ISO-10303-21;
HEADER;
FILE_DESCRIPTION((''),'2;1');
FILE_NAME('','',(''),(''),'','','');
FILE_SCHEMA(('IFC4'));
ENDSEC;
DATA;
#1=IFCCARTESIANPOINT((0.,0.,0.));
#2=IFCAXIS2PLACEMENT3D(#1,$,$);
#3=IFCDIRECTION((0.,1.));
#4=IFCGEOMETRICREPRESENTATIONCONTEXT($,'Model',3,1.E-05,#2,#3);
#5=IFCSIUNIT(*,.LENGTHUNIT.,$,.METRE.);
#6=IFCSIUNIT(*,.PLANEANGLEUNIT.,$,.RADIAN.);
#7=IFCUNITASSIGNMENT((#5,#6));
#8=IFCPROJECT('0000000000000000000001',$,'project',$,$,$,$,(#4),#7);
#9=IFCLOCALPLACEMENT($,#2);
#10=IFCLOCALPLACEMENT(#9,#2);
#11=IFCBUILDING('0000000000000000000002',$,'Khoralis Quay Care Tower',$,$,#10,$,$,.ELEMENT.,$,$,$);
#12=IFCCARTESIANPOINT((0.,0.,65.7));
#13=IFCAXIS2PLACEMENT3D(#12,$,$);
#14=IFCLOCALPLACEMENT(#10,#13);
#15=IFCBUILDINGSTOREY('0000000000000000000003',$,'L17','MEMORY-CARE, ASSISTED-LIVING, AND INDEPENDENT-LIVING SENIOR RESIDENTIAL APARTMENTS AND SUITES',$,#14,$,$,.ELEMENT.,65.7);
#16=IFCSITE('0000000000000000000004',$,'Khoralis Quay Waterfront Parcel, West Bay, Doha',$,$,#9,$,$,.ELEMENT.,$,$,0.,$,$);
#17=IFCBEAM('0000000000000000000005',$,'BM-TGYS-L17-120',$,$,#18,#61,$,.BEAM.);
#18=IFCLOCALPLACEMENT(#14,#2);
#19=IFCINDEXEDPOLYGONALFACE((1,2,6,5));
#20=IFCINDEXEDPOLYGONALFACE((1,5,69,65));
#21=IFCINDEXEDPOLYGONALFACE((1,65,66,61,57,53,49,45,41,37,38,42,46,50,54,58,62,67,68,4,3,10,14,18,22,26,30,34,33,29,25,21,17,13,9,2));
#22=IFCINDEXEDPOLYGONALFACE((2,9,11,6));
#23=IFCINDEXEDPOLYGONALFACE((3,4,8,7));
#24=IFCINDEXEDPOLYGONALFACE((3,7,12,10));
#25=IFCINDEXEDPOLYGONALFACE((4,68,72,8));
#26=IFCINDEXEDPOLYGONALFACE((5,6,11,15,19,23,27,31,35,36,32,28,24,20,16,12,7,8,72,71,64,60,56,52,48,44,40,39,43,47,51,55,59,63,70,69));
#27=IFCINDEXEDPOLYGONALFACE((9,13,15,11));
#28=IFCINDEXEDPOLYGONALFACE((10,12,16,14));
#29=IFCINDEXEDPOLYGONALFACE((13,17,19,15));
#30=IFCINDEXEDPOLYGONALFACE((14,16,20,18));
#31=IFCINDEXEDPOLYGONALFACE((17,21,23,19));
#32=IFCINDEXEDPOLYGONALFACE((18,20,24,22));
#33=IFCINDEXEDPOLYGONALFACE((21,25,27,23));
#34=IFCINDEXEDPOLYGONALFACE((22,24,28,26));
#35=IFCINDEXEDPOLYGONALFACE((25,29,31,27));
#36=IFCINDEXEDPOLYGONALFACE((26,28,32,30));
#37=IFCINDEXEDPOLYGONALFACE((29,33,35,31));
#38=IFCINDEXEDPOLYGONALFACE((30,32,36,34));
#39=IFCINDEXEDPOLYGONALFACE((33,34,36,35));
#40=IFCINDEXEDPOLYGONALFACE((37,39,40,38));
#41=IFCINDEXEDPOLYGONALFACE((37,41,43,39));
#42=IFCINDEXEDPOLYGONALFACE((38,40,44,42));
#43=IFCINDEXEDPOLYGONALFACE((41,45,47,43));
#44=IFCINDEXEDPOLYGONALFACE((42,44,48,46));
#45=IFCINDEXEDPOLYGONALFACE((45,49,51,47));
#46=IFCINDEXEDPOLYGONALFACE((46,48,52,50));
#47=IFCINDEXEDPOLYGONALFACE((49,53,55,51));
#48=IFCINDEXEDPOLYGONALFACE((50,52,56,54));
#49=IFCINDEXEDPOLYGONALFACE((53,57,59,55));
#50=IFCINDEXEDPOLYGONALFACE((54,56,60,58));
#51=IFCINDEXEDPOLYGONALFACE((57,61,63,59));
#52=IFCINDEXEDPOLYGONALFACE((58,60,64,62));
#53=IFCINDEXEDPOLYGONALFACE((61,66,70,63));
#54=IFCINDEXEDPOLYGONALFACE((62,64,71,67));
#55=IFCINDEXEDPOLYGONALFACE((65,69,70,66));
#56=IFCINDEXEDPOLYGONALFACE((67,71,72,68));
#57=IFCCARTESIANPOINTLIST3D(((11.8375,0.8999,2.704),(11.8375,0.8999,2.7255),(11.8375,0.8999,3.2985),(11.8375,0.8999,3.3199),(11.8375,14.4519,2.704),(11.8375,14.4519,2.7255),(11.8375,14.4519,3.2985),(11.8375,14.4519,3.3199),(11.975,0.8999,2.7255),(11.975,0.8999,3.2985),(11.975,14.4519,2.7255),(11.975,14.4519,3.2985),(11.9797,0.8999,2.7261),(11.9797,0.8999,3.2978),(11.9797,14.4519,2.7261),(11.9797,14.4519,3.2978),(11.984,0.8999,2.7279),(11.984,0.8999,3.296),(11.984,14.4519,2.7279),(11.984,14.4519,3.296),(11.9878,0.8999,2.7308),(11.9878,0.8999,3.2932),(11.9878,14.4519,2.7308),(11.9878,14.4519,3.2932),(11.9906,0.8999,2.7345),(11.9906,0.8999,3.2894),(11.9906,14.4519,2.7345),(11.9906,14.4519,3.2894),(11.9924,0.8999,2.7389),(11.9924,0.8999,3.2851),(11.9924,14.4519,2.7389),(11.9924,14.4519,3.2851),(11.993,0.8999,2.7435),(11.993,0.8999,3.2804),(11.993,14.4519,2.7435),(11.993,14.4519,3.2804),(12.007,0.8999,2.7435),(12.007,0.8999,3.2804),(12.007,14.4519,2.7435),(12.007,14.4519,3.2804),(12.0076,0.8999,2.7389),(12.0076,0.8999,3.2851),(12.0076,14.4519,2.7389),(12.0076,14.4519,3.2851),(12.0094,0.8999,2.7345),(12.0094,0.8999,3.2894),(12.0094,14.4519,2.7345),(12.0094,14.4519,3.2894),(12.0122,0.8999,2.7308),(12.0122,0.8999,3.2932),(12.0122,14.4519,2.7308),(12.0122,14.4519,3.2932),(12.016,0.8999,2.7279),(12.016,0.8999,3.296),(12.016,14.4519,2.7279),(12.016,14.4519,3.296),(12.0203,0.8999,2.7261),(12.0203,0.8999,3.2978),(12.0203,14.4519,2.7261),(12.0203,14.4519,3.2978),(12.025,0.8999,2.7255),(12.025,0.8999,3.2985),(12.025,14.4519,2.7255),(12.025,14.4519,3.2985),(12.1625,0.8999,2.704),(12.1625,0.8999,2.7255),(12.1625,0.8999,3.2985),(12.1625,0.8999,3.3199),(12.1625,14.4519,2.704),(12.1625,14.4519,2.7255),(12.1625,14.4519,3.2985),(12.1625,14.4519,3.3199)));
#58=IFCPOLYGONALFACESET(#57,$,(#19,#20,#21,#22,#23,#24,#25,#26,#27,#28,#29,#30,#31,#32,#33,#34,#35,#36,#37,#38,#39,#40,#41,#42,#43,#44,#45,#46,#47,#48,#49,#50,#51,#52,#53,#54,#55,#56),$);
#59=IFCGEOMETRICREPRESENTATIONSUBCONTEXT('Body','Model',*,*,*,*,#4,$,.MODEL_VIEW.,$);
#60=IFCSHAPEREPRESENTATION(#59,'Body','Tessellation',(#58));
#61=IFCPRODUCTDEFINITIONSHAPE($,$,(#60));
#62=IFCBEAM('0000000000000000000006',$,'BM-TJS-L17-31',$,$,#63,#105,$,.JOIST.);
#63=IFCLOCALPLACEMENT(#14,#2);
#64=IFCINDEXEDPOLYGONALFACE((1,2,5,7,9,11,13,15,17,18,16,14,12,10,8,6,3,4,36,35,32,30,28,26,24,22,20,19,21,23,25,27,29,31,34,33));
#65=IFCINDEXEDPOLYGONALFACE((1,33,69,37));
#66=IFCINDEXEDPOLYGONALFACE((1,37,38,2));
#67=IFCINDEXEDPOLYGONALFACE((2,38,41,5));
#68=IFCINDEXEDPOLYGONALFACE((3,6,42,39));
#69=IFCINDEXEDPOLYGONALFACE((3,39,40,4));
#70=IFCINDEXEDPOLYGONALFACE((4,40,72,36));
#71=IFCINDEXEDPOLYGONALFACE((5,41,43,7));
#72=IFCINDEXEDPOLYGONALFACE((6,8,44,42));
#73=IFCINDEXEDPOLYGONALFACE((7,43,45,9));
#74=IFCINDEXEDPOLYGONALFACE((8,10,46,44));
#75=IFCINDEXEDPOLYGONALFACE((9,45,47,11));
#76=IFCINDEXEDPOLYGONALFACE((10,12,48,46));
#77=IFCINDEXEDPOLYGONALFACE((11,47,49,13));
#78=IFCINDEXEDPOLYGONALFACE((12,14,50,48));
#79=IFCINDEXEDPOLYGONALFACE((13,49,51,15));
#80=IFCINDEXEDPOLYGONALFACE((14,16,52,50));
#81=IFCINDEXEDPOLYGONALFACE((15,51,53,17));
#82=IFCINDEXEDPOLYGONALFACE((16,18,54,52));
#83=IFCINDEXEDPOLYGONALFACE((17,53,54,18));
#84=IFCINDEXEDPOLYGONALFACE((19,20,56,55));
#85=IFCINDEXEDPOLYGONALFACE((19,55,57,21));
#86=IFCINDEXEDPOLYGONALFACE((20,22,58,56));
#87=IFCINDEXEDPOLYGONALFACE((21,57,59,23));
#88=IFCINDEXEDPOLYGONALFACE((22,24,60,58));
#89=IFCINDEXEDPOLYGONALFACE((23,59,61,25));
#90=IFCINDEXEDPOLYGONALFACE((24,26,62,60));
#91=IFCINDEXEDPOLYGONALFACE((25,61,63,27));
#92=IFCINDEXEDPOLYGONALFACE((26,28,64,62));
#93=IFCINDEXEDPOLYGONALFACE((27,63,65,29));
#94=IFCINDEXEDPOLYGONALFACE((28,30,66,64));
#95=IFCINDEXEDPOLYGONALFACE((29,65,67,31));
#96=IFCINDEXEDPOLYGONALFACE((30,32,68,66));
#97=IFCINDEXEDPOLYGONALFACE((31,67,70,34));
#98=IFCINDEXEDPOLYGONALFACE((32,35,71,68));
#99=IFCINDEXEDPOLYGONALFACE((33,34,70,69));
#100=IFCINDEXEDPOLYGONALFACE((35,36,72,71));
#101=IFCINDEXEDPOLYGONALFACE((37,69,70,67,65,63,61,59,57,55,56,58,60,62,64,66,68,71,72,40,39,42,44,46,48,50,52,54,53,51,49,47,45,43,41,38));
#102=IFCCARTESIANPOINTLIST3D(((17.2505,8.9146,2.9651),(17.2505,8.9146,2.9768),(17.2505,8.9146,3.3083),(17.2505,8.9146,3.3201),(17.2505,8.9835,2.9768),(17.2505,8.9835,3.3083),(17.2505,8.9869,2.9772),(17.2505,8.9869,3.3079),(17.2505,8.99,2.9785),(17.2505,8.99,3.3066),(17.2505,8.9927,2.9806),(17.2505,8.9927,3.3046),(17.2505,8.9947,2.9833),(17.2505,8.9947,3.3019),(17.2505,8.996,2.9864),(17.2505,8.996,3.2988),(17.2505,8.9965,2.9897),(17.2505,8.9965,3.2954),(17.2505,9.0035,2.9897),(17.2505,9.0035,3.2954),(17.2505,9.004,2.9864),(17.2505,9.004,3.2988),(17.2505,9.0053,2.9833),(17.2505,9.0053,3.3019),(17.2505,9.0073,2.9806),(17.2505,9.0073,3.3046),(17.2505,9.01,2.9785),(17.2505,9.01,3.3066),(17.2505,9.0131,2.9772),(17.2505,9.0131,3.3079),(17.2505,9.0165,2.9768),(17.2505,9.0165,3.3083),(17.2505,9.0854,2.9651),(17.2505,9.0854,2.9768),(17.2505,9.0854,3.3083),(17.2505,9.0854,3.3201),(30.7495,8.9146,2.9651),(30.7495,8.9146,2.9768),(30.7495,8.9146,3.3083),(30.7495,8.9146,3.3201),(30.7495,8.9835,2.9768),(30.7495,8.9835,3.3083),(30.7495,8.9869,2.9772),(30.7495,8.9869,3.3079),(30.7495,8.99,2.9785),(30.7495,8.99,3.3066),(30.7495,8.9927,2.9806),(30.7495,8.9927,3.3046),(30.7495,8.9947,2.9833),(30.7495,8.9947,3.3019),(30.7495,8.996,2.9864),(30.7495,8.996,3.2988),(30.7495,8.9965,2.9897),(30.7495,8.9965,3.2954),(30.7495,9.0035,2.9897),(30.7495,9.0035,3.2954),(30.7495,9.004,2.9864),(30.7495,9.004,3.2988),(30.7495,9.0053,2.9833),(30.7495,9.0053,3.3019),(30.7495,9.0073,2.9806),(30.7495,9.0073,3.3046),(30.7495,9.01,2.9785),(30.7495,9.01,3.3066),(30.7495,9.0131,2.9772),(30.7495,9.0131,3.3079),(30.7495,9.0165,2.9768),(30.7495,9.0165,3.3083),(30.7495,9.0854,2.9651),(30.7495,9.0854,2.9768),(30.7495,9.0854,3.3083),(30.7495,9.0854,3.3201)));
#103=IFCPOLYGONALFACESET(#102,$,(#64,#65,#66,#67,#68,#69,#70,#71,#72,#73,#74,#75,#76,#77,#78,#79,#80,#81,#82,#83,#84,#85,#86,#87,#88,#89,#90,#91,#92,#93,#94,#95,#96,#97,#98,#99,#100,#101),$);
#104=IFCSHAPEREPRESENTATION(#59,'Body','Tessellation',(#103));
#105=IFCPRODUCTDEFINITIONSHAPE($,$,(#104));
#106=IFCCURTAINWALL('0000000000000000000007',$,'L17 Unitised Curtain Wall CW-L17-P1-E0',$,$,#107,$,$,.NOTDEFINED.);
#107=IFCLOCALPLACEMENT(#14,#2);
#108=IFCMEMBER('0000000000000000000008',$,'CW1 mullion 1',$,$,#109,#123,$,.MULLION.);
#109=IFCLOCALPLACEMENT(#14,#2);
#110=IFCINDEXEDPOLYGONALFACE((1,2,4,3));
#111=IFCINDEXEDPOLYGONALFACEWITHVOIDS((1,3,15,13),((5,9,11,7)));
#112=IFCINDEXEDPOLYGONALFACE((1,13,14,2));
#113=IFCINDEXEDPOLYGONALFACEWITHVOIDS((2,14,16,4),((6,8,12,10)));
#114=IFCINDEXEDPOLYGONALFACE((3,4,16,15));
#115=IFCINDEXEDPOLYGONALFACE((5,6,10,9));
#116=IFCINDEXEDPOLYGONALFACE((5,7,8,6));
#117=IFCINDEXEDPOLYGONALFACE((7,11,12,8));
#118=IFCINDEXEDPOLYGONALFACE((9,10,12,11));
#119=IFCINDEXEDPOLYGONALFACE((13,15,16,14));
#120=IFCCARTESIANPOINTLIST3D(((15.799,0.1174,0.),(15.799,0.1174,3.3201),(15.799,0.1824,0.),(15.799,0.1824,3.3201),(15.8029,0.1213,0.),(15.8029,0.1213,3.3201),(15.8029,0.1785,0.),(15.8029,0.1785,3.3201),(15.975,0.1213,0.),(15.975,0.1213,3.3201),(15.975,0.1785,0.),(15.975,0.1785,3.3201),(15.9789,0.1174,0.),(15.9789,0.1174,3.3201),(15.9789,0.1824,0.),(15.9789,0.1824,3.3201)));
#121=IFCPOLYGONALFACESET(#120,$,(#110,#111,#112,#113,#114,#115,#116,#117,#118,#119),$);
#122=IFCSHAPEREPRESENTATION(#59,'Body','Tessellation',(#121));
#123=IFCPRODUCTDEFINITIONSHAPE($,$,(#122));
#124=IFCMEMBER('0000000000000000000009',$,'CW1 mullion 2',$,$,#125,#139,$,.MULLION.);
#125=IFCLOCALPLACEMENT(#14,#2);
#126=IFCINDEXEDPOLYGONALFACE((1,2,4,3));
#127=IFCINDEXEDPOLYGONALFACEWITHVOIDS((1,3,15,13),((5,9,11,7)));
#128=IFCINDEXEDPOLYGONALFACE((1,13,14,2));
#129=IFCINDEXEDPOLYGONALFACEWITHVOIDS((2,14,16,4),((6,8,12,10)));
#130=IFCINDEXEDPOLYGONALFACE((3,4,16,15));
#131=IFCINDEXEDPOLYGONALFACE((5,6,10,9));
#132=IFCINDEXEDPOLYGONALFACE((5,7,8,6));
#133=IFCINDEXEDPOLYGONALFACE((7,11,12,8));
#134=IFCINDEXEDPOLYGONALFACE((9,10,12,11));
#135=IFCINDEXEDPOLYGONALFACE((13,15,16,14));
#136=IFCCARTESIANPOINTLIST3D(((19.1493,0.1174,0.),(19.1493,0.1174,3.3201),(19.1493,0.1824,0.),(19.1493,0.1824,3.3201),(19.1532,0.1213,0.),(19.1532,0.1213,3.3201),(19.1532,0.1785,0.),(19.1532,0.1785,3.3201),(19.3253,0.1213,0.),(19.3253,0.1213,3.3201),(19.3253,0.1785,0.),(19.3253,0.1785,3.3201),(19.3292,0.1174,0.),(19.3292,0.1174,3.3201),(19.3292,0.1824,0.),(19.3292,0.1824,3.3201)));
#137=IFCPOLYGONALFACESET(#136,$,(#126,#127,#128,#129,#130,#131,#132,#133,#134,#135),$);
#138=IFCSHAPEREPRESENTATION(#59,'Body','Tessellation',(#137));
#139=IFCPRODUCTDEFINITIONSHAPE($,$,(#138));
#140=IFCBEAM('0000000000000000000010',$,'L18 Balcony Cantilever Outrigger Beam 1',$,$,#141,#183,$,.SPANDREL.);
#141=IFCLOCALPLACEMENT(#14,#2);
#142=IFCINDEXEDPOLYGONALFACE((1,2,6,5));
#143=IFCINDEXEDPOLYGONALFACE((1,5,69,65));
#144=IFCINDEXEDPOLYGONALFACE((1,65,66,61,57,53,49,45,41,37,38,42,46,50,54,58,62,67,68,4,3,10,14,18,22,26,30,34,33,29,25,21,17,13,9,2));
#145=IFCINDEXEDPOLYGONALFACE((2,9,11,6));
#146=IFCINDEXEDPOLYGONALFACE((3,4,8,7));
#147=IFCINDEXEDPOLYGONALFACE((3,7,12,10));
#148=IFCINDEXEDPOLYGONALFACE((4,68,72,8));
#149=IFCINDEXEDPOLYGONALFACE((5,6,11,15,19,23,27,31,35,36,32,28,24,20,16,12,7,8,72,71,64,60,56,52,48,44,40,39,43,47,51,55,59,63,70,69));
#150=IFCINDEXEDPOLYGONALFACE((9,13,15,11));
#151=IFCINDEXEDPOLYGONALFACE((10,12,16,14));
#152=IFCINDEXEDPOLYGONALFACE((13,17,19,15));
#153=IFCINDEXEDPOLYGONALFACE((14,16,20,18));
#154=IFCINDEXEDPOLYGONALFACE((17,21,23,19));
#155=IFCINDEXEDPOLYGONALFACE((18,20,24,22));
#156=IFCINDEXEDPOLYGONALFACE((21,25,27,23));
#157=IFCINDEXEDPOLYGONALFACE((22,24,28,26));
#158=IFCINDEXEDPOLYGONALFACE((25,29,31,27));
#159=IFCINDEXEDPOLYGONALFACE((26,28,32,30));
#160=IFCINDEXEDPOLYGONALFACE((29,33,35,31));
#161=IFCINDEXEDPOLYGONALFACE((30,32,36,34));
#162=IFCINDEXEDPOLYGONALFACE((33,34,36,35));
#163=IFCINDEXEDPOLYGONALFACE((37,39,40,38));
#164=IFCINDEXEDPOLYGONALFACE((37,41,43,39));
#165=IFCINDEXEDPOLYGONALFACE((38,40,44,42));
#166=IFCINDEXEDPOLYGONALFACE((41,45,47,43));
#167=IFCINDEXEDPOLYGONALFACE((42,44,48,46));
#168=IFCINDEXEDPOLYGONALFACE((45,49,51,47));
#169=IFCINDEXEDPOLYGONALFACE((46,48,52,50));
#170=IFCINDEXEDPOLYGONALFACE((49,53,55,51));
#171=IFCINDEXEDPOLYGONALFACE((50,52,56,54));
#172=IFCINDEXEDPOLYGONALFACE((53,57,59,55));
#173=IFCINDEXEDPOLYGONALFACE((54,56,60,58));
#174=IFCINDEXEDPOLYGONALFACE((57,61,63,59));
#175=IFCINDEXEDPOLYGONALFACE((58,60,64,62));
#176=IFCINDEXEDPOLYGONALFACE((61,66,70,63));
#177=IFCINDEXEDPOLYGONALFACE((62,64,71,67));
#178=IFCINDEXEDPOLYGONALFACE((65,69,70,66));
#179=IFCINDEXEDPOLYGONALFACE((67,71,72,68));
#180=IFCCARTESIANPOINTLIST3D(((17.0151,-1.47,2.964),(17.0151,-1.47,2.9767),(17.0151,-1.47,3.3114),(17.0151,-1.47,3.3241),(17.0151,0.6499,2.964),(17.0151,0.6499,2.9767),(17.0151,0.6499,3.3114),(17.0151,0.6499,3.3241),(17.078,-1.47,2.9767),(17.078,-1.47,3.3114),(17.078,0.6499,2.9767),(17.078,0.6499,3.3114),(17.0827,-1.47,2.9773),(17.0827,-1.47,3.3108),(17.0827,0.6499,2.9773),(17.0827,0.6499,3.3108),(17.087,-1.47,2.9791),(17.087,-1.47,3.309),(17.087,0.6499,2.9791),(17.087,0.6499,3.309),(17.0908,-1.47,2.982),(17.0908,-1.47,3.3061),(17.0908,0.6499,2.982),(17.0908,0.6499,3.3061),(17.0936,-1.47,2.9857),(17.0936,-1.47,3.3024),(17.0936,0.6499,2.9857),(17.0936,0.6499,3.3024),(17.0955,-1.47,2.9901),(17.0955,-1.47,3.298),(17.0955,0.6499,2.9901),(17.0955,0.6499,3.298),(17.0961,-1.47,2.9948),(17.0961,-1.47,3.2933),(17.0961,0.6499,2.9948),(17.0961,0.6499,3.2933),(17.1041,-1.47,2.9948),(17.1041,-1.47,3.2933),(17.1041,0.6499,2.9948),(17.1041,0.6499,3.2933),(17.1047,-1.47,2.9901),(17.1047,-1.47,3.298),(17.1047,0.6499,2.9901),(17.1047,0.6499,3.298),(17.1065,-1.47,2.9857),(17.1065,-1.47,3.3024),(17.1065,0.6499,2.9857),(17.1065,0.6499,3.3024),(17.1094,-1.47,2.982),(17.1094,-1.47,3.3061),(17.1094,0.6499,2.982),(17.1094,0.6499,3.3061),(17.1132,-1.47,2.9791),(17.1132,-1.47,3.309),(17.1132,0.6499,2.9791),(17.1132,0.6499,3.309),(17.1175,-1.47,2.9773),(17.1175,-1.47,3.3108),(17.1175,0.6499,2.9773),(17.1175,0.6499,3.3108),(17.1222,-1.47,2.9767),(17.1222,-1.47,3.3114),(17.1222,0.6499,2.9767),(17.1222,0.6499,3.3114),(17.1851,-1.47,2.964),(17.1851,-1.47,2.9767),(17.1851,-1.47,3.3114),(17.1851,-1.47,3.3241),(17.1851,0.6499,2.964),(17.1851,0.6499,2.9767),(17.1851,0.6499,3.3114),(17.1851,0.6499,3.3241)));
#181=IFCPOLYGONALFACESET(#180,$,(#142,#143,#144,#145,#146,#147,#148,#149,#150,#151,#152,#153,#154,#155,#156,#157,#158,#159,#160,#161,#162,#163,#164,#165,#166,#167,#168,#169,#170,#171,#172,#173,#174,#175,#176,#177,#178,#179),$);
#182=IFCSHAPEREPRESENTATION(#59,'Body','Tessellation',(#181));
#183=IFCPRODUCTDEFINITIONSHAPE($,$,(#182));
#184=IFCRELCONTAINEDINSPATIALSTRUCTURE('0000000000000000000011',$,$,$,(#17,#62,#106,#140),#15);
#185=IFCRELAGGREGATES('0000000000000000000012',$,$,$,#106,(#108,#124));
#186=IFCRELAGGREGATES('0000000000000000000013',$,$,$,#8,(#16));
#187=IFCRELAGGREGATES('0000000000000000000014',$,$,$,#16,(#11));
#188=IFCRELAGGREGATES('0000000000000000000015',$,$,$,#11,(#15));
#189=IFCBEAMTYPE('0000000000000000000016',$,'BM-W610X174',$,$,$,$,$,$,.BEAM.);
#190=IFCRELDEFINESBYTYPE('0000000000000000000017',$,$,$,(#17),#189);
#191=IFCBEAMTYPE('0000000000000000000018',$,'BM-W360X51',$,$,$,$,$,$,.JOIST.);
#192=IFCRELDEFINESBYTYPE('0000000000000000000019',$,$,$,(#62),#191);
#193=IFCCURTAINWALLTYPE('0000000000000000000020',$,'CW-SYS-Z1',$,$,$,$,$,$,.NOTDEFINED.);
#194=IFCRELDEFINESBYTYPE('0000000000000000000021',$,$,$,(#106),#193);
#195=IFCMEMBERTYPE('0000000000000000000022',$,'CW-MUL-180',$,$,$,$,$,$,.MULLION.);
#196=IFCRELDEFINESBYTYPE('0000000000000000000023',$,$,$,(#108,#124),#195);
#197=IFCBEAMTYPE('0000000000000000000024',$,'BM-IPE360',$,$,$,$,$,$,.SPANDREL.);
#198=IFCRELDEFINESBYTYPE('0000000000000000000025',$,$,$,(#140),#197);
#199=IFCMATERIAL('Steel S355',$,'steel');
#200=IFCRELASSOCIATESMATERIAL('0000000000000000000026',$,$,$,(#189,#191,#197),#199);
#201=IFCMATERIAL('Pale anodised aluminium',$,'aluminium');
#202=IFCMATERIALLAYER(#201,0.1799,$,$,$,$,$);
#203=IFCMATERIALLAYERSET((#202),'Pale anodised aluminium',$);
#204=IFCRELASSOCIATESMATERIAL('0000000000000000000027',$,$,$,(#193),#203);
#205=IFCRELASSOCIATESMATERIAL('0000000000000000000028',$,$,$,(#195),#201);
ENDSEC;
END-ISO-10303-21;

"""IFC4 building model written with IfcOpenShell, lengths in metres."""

from ifc_helpers import new_model, si_unit, direction, frame, origin, origin_2d, place, context, subcontext, project, spatial, hollow_rectangle, i_section, extrude, source, transform, mapped, material, layer, layer_set, material_profile, profile_set, type_object, element, aggregate, save


model = new_model("IFC4")

# Units and contexts
model_context = context("Model", 3, precision=1e-05, world=origin(), true_north=direction((0.0, 1.0)))
body_context = subcontext(model_context, "Body", "Model", "MODEL_VIEW")
ifc_project = project(units=[si_unit("LENGTHUNIT", "METRE"), si_unit("PLANEANGLEUNIT", "RADIAN")], contexts=[model_context])

# Site, building, storey
site_placement = place(None, origin())
site = spatial("IfcSite", under=ifc_project, at=site_placement, Name="Khoralis Quay Waterfront Parcel, West Bay, Doha", CompositionType="ELEMENT", RefElevation=0.0)
building_placement = place(site_placement, origin())
building = spatial("IfcBuilding", under=site, at=building_placement, Name="Khoralis Quay Care Tower", CompositionType="ELEMENT")
storey_placement = place(building_placement, frame((0.0, 0.0, 65.7)))
storey = spatial("IfcBuildingStorey", under=building, at=storey_placement, Name="L17", Description="MEMORY-CARE, ASSISTED-LIVING, AND INDEPENDENT-LIVING SENIOR RESIDENTIAL APARTMENTS AND SUITES", CompositionType="ELEMENT", Elevation=65.7)

# Beams
ifc_material_1 = material(Name="Steel S355", Category="steel")
ifc_material_profile_1 = material_profile(ifc_material_1, i_section(OverallWidth=0.325, OverallDepth=0.616, WebThickness=0.0139, FlangeThickness=0.0215, FilletRadius=0.0181, at=origin_2d()), Name="Steel S355")
ifc_profile_set_1 = profile_set([ifc_material_profile_1], Name="Steel S355")
beam_type_1 = type_object("IfcBeamType", Name="BM-W610X174", PredefinedType="BEAM", material=ifc_profile_set_1)
shared_shape_1 = source(origin(), body_context, "Body", "SweptSolid", [
    extrude(i_section(OverallWidth=0.325, OverallDepth=0.616, WebThickness=0.0139, FlangeThickness=0.0215, FilletRadius=0.0181, at=origin_2d()), origin(), (0.0, 0.0, 1.0), 13.552),
])
beam_1_placement = place(storey_placement, frame((12.0, 0.8999, 3.012), z_axis=(0.0, 1.0, 0.0), x_axis=(-1.0, 0.0, 0.0)))
element("IfcBeam", 1, at=beam_1_placement, inside=storey, type_object=beam_type_1, Name="BM-TGYS-L17-120", PredefinedType="BEAM", context=body_context, shape_type="MappedRepresentation", body=[
    mapped(shared_shape_1, transform((0.0, 0.0, 0.0), scale=1.0)),
])
ifc_material_profile_2 = material_profile(ifc_material_1, i_section(OverallWidth=0.1709, OverallDepth=0.355, WebThickness=0.0071, FlangeThickness=0.0117, FilletRadius=0.0129, at=origin_2d()), Name="Steel S355")
ifc_profile_set_2 = profile_set([ifc_material_profile_2], Name="Steel S355")
beam_type_2 = type_object("IfcBeamType", Name="BM-W360X51", PredefinedType="JOIST", material=ifc_profile_set_2)
shared_shape_2 = source(origin(), body_context, "Body", "SweptSolid", [
    extrude(i_section(OverallWidth=0.1709, OverallDepth=0.355, WebThickness=0.0071, FlangeThickness=0.0117, FilletRadius=0.0129, at=origin_2d()), origin(), (0.0, 0.0, 1.0), 13.499),
])
beam_2_placement = place(storey_placement, frame((17.2505, 9.0, 3.1426), z_axis=(1.0, 0.0, 0.0), x_axis=(0.0, 1.0, 0.0)))
element("IfcBeam", 2, at=beam_2_placement, inside=storey, type_object=beam_type_2, Name="BM-TJS-L17-31", PredefinedType="JOIST", context=body_context, shape_type="MappedRepresentation", body=[
    mapped(shared_shape_2, transform((0.0, 0.0, 0.0), scale=1.0)),
])

# Curtain wall, members
ifc_material_2 = material(Name="Pale anodised aluminium", Category="aluminium")
ifc_layer_1 = layer(ifc_material_2, 0.1799)
ifc_layer_set_1 = layer_set([ifc_layer_1], Name="Pale anodised aluminium")
curtain_wall_type = type_object("IfcCurtainWallType", Name="CW-SYS-Z1", PredefinedType="NOTDEFINED", material=ifc_layer_set_1)
curtain_wall_placement = place(storey_placement, origin())
curtain_wall = element("IfcCurtainWall", 3, at=curtain_wall_placement, inside=storey, type_object=curtain_wall_type, Name="L17 Unitised Curtain Wall CW-L17-P1-E0", PredefinedType="NOTDEFINED")
ifc_material_profile_3 = material_profile(ifc_material_2, hollow_rectangle(XDim=0.0649, YDim=0.1799, WallThickness=0.0039, at=origin_2d()), Name="Pale anodised aluminium")
ifc_profile_set_3 = profile_set([ifc_material_profile_3], Name="Pale anodised aluminium")
member_type_1 = type_object("IfcMemberType", Name="CW-MUL-180", PredefinedType="MULLION", material=ifc_profile_set_3)
shared_shape_3 = source(origin(), body_context, "Body", "SweptSolid", [
    extrude(hollow_rectangle(XDim=0.0649, YDim=0.1799, WallThickness=0.0039, at=origin_2d()), origin(), (0.0, 0.0, 1.0), 3.3201),
])
member_1_placement = place(storey_placement, frame((15.8889, 0.1499, 0.0), z_axis=(0.0, 0.0, 1.0), x_axis=(0.0, 1.0, 0.0)))
member_1 = element("IfcMember", 4, at=member_1_placement, type_object=member_type_1, Name="CW1 mullion 1", PredefinedType="MULLION", context=body_context, shape_type="MappedRepresentation", body=[
    mapped(shared_shape_3, transform((0.0, 0.0, 0.0), scale=1.0)),
])
member_2_placement = place(storey_placement, frame((19.2393, 0.1499, 0.0), z_axis=(0.0, 0.0, 1.0), x_axis=(0.0, 1.0, 0.0)))
member_2 = element("IfcMember", 5, at=member_2_placement, type_object=member_type_1, Name="CW1 mullion 2", PredefinedType="MULLION", context=body_context, shape_type="MappedRepresentation", body=[
    mapped(shared_shape_3, transform((0.0, 0.0, 0.0), scale=1.0)),
])

# Beam
ifc_material_profile_4 = material_profile(ifc_material_1, i_section(OverallWidth=0.1699, OverallDepth=0.3601, WebThickness=0.0081, FlangeThickness=0.0127, FilletRadius=0.0181, at=origin_2d()), Name="Steel S355")
ifc_profile_set_4 = profile_set([ifc_material_profile_4], Name="Steel S355")
beam_type_3 = type_object("IfcBeamType", Name="BM-IPE360", PredefinedType="SPANDREL", material=ifc_profile_set_4)
shared_shape_4 = source(origin(), body_context, "Body", "SweptSolid", [
    extrude(i_section(OverallWidth=0.1699, OverallDepth=0.3601, WebThickness=0.0081, FlangeThickness=0.0127, FilletRadius=0.0181, at=origin_2d()), origin(), (0.0, 0.0, 1.0), 2.1199),
])
beam_3_placement = place(storey_placement, frame((17.1001, 0.6499, 3.144), z_axis=(0.0, -1.0, 0.0), x_axis=(1.0, 0.0, 0.0)))
element("IfcBeam", 6, at=beam_3_placement, inside=storey, type_object=beam_type_3, Name="L18 Balcony Cantilever Outrigger Beam 1", PredefinedType="SPANDREL", context=body_context, shape_type="MappedRepresentation", body=[
    mapped(shared_shape_4, transform((0.0, 0.0, 0.0), scale=1.0)),
])

aggregate(curtain_wall, [member_1, member_2])

save(model, "model.ifc")
